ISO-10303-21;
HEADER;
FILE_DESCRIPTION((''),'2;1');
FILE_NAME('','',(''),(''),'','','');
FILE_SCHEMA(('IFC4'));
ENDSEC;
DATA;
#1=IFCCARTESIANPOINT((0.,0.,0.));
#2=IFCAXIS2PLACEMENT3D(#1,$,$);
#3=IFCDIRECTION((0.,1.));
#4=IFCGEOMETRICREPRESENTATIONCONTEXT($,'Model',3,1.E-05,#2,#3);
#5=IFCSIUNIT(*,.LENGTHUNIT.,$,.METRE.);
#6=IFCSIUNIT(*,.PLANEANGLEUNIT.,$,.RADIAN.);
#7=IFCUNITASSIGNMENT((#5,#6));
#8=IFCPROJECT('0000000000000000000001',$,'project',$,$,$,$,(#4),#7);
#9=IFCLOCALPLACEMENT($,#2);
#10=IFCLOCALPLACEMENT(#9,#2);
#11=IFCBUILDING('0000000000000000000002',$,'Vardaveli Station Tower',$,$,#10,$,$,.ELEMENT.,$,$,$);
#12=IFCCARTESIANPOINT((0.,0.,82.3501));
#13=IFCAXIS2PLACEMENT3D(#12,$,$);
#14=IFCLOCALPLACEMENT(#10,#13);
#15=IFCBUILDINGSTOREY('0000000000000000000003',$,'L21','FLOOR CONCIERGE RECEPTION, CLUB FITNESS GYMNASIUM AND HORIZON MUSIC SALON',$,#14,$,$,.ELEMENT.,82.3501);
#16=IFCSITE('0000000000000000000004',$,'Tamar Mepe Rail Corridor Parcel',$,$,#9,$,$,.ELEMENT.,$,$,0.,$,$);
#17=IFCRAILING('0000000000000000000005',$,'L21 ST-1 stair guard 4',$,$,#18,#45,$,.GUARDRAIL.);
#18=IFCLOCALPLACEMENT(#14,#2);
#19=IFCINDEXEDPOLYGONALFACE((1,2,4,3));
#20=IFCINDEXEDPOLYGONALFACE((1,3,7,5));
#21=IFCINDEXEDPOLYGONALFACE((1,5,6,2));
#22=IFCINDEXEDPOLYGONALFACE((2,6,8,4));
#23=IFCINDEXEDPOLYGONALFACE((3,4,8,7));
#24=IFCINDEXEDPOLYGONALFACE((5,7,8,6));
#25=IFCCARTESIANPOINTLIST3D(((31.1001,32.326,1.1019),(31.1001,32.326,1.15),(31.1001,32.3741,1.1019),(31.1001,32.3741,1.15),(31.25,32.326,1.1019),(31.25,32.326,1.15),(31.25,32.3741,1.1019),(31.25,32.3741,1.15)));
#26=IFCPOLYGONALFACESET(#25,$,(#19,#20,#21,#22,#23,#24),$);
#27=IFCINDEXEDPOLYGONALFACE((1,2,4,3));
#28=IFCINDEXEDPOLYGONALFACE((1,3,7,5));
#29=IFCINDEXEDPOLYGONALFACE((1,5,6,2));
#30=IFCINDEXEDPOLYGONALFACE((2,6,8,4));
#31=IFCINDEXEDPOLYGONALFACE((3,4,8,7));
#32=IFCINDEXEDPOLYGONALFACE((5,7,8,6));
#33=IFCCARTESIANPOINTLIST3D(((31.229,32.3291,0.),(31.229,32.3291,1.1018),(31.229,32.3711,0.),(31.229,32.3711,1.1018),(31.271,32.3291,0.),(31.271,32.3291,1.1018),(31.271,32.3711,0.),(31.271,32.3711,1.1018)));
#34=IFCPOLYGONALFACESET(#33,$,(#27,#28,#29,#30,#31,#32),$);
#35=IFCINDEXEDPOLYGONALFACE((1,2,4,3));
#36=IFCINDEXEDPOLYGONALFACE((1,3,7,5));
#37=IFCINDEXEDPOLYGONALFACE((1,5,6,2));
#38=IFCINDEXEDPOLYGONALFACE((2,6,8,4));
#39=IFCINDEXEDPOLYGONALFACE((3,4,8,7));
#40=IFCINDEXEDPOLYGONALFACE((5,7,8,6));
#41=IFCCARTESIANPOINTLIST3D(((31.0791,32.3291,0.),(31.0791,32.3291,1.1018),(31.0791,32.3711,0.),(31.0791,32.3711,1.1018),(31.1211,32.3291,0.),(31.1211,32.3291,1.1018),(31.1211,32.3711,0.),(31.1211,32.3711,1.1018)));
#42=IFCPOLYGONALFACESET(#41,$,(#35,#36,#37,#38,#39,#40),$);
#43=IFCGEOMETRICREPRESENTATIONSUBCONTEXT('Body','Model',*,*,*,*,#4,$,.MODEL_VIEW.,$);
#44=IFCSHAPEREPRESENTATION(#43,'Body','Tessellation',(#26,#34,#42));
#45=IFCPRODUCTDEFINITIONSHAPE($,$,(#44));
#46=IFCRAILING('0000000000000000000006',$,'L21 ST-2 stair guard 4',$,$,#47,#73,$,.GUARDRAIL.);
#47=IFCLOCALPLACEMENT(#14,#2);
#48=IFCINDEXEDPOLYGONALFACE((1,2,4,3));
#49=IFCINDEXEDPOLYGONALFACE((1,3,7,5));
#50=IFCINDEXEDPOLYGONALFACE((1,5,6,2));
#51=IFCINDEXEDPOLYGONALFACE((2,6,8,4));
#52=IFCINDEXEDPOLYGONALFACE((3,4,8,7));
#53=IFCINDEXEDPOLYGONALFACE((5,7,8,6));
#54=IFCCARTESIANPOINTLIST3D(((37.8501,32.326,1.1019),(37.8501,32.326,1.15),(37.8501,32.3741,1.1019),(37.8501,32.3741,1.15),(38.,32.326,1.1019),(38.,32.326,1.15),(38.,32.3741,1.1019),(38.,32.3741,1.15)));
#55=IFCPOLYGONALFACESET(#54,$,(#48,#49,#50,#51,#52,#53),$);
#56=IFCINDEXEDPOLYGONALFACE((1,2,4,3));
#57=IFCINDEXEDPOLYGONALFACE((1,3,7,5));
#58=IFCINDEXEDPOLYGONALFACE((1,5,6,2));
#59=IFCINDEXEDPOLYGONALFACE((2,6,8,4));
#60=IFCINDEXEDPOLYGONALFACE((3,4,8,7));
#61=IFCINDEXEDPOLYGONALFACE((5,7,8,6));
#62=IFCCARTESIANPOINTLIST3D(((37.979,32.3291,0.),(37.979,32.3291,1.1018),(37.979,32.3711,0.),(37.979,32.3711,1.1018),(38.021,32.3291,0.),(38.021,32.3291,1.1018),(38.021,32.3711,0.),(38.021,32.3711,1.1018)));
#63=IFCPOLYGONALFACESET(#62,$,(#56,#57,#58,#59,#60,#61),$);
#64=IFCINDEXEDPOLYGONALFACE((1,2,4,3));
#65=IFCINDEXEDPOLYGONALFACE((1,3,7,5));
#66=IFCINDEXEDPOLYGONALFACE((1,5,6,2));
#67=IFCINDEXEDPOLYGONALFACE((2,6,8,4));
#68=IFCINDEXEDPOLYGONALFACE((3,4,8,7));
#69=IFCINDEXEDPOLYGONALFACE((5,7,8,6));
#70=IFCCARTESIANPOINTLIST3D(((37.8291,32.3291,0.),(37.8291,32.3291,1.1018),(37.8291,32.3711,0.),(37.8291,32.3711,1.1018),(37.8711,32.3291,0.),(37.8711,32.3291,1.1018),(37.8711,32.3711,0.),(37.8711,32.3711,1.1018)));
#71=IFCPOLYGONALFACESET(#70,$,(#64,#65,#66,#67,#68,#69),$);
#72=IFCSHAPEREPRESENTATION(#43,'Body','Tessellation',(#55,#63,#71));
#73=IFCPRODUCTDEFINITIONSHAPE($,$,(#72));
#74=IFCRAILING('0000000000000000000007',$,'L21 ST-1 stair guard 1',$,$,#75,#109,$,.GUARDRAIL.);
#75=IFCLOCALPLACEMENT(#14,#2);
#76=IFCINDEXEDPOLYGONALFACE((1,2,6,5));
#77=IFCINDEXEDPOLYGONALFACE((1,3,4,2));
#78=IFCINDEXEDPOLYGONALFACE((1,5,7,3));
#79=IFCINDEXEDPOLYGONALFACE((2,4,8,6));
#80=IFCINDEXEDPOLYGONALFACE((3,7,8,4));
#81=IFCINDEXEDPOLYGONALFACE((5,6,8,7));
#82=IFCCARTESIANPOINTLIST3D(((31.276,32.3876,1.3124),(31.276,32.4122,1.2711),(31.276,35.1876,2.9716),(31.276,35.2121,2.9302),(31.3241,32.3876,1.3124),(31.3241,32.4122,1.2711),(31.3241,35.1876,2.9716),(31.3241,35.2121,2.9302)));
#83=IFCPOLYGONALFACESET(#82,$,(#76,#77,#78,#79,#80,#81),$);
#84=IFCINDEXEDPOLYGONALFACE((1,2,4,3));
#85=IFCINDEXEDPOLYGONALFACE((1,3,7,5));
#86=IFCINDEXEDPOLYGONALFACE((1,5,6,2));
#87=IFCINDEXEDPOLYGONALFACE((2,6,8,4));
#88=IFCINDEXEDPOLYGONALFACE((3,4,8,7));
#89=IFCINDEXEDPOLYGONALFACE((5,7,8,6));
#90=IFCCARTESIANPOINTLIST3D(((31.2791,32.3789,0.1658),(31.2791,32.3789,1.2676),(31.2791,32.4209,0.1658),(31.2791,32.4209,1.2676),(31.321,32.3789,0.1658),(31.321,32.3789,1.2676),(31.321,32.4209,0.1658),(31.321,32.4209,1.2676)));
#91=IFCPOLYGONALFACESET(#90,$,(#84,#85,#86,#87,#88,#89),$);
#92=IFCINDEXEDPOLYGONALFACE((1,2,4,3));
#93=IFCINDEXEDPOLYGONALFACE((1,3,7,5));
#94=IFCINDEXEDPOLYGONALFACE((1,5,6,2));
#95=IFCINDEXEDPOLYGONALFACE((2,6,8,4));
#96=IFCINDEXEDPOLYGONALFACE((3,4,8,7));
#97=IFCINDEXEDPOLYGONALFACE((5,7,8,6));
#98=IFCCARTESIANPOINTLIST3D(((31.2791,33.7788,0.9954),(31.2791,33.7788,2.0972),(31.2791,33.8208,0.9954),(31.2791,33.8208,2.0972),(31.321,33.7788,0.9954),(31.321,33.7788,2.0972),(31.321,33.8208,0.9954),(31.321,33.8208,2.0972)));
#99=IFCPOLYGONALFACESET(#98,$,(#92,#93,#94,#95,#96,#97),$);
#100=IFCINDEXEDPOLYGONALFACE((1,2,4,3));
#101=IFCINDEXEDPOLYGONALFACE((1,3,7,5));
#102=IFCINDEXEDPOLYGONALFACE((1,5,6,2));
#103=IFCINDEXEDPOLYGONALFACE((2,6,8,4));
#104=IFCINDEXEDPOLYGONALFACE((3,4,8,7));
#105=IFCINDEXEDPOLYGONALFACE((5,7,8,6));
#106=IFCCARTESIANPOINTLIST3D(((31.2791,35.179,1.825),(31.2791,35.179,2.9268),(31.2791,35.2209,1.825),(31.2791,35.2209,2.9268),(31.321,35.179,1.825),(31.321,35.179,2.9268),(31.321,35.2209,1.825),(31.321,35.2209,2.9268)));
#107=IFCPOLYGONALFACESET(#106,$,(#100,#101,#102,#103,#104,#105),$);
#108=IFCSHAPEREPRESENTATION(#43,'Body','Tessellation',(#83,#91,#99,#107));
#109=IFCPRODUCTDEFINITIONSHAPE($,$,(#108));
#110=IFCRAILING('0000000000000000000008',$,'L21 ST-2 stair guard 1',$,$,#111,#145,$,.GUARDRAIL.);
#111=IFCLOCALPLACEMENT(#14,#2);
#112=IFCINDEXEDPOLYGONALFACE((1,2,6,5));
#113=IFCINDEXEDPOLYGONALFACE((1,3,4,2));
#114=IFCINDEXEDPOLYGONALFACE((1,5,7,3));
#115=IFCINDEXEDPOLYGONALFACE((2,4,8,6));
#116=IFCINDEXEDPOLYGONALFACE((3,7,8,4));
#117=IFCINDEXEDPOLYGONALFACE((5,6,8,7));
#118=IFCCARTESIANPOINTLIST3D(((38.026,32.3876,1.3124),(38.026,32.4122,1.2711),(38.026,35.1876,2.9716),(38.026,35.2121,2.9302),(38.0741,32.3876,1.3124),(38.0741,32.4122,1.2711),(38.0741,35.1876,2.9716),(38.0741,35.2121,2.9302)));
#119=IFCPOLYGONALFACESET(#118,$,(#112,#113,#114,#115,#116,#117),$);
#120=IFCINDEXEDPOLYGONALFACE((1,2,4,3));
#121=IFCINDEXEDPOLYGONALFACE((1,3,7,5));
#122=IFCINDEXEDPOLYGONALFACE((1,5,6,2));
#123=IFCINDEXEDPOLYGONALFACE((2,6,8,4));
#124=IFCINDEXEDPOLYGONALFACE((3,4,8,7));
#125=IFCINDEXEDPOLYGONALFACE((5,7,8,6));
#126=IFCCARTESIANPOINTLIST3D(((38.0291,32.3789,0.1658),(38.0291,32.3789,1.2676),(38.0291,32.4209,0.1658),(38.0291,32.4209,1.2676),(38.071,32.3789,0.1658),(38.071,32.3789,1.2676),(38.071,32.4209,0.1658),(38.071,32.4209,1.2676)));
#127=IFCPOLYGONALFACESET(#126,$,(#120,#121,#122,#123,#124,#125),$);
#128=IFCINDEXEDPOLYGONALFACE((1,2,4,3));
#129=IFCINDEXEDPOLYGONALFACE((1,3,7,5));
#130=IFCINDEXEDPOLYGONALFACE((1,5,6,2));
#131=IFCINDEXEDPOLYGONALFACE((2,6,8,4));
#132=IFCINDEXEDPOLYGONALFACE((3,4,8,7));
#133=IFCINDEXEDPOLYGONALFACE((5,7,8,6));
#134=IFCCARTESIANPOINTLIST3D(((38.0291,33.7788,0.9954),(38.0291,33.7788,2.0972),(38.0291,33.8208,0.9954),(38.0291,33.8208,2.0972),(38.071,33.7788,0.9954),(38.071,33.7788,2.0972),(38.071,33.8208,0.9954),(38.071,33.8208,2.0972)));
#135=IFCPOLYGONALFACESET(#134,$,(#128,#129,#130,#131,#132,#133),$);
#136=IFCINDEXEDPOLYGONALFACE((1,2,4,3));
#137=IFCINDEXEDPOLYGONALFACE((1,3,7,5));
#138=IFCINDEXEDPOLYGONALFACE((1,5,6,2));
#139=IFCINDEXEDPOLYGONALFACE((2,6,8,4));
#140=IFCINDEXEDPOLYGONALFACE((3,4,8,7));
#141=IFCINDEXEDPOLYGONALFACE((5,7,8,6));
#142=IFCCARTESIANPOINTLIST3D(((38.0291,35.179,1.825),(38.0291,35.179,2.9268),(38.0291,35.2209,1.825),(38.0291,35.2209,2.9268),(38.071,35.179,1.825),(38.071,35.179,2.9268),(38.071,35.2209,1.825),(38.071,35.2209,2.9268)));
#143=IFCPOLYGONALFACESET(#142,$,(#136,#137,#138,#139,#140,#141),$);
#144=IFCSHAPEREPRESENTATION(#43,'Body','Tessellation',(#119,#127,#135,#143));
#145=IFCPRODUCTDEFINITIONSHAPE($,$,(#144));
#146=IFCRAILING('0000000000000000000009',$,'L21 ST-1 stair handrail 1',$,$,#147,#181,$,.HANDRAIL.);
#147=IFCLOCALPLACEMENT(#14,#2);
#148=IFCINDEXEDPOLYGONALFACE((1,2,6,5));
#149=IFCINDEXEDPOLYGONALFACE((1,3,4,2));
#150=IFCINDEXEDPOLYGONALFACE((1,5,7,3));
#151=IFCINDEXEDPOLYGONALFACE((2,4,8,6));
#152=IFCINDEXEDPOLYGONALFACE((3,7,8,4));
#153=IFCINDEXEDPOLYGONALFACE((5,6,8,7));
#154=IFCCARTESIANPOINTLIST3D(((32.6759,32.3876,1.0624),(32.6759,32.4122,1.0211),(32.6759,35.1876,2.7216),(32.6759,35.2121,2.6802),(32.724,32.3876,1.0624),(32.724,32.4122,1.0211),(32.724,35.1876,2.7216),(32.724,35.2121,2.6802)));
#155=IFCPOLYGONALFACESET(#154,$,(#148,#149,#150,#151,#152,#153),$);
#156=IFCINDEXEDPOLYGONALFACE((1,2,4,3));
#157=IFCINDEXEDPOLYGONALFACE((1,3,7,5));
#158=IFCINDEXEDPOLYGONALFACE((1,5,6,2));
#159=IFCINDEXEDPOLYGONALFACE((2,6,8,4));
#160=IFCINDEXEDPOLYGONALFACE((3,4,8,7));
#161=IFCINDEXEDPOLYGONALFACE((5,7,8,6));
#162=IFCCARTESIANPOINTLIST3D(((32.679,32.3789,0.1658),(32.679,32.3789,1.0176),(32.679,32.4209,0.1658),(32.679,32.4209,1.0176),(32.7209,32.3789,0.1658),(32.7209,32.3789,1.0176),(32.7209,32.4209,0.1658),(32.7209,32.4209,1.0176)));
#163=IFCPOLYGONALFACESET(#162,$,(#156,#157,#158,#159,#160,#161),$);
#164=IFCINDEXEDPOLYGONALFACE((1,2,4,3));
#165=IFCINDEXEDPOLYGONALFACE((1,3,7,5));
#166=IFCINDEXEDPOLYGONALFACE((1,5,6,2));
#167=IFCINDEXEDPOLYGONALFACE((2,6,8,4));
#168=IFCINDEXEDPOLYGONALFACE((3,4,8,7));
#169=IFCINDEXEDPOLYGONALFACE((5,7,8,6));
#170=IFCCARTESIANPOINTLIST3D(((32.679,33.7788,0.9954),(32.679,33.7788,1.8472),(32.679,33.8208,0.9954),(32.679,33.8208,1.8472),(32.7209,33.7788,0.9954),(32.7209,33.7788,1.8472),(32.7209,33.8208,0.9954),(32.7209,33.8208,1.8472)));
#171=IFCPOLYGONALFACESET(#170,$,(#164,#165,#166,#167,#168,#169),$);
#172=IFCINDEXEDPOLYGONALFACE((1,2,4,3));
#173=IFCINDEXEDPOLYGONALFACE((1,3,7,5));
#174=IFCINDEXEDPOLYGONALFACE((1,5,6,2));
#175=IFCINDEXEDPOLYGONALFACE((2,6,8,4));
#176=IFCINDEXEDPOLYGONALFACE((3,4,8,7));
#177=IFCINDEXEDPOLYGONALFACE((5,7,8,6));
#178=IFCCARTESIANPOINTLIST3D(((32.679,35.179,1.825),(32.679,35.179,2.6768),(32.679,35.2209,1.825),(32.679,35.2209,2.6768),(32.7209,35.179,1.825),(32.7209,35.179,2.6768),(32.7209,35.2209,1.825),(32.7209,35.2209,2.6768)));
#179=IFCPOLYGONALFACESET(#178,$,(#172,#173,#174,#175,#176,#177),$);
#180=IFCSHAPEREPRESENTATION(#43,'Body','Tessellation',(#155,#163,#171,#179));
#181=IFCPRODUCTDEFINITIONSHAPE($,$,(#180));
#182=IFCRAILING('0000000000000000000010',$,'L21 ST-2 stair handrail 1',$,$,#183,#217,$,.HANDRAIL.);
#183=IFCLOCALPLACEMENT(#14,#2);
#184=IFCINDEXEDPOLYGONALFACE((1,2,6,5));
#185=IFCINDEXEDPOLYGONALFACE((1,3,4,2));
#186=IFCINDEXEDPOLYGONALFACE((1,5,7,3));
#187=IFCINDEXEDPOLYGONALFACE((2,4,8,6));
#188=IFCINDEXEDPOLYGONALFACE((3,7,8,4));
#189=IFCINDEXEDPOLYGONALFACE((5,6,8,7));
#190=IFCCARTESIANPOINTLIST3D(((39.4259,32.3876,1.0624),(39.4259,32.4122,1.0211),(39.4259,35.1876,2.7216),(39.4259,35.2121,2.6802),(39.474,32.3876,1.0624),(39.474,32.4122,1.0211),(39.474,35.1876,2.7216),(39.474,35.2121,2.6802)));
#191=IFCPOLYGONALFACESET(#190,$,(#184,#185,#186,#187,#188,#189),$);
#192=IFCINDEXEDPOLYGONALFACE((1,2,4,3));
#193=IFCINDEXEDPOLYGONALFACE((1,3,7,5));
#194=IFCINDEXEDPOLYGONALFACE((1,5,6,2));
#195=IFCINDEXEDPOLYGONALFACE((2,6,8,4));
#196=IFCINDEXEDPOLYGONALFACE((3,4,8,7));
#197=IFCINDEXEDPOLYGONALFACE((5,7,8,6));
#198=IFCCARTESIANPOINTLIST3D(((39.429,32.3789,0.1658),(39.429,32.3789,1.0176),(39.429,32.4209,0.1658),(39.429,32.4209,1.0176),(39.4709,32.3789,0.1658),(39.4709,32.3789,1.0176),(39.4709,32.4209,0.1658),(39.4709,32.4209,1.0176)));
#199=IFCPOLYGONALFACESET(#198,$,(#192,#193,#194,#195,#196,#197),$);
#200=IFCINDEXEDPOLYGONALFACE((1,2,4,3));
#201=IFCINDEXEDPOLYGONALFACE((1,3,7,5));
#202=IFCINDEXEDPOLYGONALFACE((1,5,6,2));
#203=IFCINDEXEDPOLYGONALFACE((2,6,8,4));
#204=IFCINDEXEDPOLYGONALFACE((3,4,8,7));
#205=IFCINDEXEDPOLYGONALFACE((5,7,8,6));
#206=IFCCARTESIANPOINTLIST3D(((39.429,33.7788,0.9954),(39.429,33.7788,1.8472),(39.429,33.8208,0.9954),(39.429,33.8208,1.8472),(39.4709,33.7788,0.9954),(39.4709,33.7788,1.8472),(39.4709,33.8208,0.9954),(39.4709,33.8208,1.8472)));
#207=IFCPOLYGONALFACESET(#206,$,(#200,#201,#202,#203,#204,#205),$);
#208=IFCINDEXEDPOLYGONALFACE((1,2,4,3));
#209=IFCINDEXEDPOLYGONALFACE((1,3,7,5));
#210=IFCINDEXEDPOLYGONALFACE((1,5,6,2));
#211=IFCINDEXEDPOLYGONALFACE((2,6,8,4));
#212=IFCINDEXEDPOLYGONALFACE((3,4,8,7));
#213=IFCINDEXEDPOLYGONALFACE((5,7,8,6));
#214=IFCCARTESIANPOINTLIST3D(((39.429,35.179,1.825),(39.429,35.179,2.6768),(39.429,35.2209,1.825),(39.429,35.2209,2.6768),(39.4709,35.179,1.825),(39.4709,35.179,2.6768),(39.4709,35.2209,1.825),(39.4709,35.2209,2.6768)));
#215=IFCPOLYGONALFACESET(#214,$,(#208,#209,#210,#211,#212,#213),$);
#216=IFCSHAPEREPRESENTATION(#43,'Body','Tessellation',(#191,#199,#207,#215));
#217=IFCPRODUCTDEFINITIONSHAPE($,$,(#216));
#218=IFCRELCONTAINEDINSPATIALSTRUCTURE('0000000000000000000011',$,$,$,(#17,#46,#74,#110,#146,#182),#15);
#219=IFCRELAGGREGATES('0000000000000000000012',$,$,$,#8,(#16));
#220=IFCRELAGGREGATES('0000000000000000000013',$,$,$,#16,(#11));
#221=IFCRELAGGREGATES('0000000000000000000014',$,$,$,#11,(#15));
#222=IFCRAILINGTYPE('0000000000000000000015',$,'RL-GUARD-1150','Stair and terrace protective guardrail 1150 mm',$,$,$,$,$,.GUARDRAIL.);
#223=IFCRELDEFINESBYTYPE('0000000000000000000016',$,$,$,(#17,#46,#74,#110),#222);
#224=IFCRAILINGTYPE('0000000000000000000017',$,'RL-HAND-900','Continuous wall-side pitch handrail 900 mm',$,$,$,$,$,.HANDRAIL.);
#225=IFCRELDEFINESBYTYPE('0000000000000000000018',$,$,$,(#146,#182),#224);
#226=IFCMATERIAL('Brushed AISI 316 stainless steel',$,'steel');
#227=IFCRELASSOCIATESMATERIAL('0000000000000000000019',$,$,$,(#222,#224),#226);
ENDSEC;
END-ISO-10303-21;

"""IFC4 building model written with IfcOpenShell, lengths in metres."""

from ifc_helpers import new_model, si_unit, direction, frame, origin, origin_2d, place, context, subcontext, project, spatial, rectangle, extrude, source, transform, mapped, material, type_object, element, save


model = new_model("IFC4")

# Units and contexts
model_context = context("Model", 3, precision=1e-05, world=origin(), true_north=direction((0.0, 1.0)))
body_context = subcontext(model_context, "Body", "Model", "MODEL_VIEW")
ifc_project = project(units=[si_unit("LENGTHUNIT", "METRE"), si_unit("PLANEANGLEUNIT", "RADIAN")], contexts=[model_context])

# Site, building, storey
site_placement = place(None, origin())
site = spatial("IfcSite", under=ifc_project, at=site_placement, Name="Tamar Mepe Rail Corridor Parcel", CompositionType="ELEMENT", RefElevation=0.0)
building_placement = place(site_placement, origin())
building = spatial("IfcBuilding", under=site, at=building_placement, Name="Vardaveli Station Tower", CompositionType="ELEMENT")
storey_placement = place(building_placement, frame((0.0, 0.0, 82.3501)))
storey = spatial("IfcBuildingStorey", under=building, at=storey_placement, Name="L21", Description="FLOOR CONCIERGE RECEPTION, CLUB FITNESS GYMNASIUM AND HORIZON MUSIC SALON", CompositionType="ELEMENT", Elevation=82.3501)

# Railings
ifc_material_1 = material(Name="Brushed AISI 316 stainless steel", Category="steel")
railing_type_1 = type_object("IfcRailingType", Name="RL-GUARD-1150", Description="Stair and terrace protective guardrail 1150 mm", PredefinedType="GUARDRAIL", material=ifc_material_1)
shared_shape_1 = source(origin(), body_context, "Body", "SweptSolid", [
    extrude(rectangle(XDim=0.0481, YDim=0.0481, at=origin_2d()), frame((0.0, 0.0, 1.126), z_axis=(-1.0, 0.0, 0.0), x_axis=(0.0, -1.0, 0.0)), (0.0, 0.0, 1.0), 0.1499),
    extrude(rectangle(XDim=0.042, YDim=0.042, at=origin_2d()), origin(), (0.0, 0.0, 1.0), 1.1018),
    extrude(rectangle(XDim=0.042, YDim=0.042, at=origin_2d()), frame((-0.1499, 0.0, 0.0)), (0.0, 0.0, 1.0), 1.1018),
])
for number, where, name in (
    (1, (31.25, 32.3501, 0.0), "L21 ST-1 stair guard 4"),
    (2, (38.0, 32.3501, 0.0), "L21 ST-2 stair guard 4"),
):
    element("IfcRailing", number, at=place(storey_placement, frame(where)), inside=storey, type_object=railing_type_1, Name=name, PredefinedType="GUARDRAIL", context=body_context, shape_type="MappedRepresentation", body=[
        mapped(shared_shape_1, transform((0.0, 0.0, 0.0), scale=1.0)),
    ])
shared_shape_2 = source(origin(), body_context, "Body", "SweptSolid", [
    extrude(rectangle(XDim=0.0481, YDim=0.0481, at=origin_2d()), frame((0.0, 0.0, 1.126), z_axis=(0.0, 0.860306, 0.509778), x_axis=(-1.0, 0.0, 0.0)), (0.0, 0.0, 1.0), 3.2546),
    extrude(rectangle(XDim=0.042, YDim=0.042, at=origin_2d()), origin(), (0.0, 0.0, 1.0), 1.1018),
    extrude(rectangle(XDim=0.042, YDim=0.042, at=origin_2d()), frame((0.0, 1.3999, 0.8296)), (0.0, 0.0, 1.0), 1.1018),
    extrude(rectangle(XDim=0.042, YDim=0.042, at=origin_2d()), frame((0.0, 2.8, 1.6592)), (0.0, 0.0, 1.0), 1.1018),
])
for number, where, name in (
    (3, (31.3, 32.3999, 0.1658), "L21 ST-1 stair guard 1"),
    (4, (38.05, 32.3999, 0.1658), "L21 ST-2 stair guard 1"),
):
    element("IfcRailing", number, at=place(storey_placement, frame(where)), inside=storey, type_object=railing_type_1, Name=name, PredefinedType="GUARDRAIL", context=body_context, shape_type="MappedRepresentation", body=[
        mapped(shared_shape_2, transform((0.0, 0.0, 0.0), scale=1.0)),
    ])
railing_type_2 = type_object("IfcRailingType", Name="RL-HAND-900", Description="Continuous wall-side pitch handrail 900 mm", PredefinedType="HANDRAIL", material=ifc_material_1)
shared_shape_3 = source(origin(), body_context, "Body", "SweptSolid", [
    extrude(rectangle(XDim=0.0481, YDim=0.0481, at=origin_2d()), frame((0.0, 0.0, 0.876), z_axis=(0.0, 0.860306, 0.509778), x_axis=(-1.0, 0.0, 0.0)), (0.0, 0.0, 1.0), 3.2546),
    extrude(rectangle(XDim=0.042, YDim=0.042, at=origin_2d()), origin(), (0.0, 0.0, 1.0), 0.8518),
    extrude(rectangle(XDim=0.042, YDim=0.042, at=origin_2d()), frame((0.0, 1.3999, 0.8296)), (0.0, 0.0, 1.0), 0.8518),
    extrude(rectangle(XDim=0.042, YDim=0.042, at=origin_2d()), frame((0.0, 2.8, 1.6592)), (0.0, 0.0, 1.0), 0.8518),
])
for number, where, name in (
    (5, (32.7, 32.3999, 0.1658), "L21 ST-1 stair handrail 1"),
    (6, (39.45, 32.3999, 0.1658), "L21 ST-2 stair handrail 1"),
):
    element("IfcRailing", number, at=place(storey_placement, frame(where)), inside=storey, type_object=railing_type_2, Name=name, PredefinedType="HANDRAIL", context=body_context, shape_type="MappedRepresentation", body=[
        mapped(shared_shape_3, transform((0.0, 0.0, 0.0), scale=1.0)),
    ])

save(model, "model.ifc")
